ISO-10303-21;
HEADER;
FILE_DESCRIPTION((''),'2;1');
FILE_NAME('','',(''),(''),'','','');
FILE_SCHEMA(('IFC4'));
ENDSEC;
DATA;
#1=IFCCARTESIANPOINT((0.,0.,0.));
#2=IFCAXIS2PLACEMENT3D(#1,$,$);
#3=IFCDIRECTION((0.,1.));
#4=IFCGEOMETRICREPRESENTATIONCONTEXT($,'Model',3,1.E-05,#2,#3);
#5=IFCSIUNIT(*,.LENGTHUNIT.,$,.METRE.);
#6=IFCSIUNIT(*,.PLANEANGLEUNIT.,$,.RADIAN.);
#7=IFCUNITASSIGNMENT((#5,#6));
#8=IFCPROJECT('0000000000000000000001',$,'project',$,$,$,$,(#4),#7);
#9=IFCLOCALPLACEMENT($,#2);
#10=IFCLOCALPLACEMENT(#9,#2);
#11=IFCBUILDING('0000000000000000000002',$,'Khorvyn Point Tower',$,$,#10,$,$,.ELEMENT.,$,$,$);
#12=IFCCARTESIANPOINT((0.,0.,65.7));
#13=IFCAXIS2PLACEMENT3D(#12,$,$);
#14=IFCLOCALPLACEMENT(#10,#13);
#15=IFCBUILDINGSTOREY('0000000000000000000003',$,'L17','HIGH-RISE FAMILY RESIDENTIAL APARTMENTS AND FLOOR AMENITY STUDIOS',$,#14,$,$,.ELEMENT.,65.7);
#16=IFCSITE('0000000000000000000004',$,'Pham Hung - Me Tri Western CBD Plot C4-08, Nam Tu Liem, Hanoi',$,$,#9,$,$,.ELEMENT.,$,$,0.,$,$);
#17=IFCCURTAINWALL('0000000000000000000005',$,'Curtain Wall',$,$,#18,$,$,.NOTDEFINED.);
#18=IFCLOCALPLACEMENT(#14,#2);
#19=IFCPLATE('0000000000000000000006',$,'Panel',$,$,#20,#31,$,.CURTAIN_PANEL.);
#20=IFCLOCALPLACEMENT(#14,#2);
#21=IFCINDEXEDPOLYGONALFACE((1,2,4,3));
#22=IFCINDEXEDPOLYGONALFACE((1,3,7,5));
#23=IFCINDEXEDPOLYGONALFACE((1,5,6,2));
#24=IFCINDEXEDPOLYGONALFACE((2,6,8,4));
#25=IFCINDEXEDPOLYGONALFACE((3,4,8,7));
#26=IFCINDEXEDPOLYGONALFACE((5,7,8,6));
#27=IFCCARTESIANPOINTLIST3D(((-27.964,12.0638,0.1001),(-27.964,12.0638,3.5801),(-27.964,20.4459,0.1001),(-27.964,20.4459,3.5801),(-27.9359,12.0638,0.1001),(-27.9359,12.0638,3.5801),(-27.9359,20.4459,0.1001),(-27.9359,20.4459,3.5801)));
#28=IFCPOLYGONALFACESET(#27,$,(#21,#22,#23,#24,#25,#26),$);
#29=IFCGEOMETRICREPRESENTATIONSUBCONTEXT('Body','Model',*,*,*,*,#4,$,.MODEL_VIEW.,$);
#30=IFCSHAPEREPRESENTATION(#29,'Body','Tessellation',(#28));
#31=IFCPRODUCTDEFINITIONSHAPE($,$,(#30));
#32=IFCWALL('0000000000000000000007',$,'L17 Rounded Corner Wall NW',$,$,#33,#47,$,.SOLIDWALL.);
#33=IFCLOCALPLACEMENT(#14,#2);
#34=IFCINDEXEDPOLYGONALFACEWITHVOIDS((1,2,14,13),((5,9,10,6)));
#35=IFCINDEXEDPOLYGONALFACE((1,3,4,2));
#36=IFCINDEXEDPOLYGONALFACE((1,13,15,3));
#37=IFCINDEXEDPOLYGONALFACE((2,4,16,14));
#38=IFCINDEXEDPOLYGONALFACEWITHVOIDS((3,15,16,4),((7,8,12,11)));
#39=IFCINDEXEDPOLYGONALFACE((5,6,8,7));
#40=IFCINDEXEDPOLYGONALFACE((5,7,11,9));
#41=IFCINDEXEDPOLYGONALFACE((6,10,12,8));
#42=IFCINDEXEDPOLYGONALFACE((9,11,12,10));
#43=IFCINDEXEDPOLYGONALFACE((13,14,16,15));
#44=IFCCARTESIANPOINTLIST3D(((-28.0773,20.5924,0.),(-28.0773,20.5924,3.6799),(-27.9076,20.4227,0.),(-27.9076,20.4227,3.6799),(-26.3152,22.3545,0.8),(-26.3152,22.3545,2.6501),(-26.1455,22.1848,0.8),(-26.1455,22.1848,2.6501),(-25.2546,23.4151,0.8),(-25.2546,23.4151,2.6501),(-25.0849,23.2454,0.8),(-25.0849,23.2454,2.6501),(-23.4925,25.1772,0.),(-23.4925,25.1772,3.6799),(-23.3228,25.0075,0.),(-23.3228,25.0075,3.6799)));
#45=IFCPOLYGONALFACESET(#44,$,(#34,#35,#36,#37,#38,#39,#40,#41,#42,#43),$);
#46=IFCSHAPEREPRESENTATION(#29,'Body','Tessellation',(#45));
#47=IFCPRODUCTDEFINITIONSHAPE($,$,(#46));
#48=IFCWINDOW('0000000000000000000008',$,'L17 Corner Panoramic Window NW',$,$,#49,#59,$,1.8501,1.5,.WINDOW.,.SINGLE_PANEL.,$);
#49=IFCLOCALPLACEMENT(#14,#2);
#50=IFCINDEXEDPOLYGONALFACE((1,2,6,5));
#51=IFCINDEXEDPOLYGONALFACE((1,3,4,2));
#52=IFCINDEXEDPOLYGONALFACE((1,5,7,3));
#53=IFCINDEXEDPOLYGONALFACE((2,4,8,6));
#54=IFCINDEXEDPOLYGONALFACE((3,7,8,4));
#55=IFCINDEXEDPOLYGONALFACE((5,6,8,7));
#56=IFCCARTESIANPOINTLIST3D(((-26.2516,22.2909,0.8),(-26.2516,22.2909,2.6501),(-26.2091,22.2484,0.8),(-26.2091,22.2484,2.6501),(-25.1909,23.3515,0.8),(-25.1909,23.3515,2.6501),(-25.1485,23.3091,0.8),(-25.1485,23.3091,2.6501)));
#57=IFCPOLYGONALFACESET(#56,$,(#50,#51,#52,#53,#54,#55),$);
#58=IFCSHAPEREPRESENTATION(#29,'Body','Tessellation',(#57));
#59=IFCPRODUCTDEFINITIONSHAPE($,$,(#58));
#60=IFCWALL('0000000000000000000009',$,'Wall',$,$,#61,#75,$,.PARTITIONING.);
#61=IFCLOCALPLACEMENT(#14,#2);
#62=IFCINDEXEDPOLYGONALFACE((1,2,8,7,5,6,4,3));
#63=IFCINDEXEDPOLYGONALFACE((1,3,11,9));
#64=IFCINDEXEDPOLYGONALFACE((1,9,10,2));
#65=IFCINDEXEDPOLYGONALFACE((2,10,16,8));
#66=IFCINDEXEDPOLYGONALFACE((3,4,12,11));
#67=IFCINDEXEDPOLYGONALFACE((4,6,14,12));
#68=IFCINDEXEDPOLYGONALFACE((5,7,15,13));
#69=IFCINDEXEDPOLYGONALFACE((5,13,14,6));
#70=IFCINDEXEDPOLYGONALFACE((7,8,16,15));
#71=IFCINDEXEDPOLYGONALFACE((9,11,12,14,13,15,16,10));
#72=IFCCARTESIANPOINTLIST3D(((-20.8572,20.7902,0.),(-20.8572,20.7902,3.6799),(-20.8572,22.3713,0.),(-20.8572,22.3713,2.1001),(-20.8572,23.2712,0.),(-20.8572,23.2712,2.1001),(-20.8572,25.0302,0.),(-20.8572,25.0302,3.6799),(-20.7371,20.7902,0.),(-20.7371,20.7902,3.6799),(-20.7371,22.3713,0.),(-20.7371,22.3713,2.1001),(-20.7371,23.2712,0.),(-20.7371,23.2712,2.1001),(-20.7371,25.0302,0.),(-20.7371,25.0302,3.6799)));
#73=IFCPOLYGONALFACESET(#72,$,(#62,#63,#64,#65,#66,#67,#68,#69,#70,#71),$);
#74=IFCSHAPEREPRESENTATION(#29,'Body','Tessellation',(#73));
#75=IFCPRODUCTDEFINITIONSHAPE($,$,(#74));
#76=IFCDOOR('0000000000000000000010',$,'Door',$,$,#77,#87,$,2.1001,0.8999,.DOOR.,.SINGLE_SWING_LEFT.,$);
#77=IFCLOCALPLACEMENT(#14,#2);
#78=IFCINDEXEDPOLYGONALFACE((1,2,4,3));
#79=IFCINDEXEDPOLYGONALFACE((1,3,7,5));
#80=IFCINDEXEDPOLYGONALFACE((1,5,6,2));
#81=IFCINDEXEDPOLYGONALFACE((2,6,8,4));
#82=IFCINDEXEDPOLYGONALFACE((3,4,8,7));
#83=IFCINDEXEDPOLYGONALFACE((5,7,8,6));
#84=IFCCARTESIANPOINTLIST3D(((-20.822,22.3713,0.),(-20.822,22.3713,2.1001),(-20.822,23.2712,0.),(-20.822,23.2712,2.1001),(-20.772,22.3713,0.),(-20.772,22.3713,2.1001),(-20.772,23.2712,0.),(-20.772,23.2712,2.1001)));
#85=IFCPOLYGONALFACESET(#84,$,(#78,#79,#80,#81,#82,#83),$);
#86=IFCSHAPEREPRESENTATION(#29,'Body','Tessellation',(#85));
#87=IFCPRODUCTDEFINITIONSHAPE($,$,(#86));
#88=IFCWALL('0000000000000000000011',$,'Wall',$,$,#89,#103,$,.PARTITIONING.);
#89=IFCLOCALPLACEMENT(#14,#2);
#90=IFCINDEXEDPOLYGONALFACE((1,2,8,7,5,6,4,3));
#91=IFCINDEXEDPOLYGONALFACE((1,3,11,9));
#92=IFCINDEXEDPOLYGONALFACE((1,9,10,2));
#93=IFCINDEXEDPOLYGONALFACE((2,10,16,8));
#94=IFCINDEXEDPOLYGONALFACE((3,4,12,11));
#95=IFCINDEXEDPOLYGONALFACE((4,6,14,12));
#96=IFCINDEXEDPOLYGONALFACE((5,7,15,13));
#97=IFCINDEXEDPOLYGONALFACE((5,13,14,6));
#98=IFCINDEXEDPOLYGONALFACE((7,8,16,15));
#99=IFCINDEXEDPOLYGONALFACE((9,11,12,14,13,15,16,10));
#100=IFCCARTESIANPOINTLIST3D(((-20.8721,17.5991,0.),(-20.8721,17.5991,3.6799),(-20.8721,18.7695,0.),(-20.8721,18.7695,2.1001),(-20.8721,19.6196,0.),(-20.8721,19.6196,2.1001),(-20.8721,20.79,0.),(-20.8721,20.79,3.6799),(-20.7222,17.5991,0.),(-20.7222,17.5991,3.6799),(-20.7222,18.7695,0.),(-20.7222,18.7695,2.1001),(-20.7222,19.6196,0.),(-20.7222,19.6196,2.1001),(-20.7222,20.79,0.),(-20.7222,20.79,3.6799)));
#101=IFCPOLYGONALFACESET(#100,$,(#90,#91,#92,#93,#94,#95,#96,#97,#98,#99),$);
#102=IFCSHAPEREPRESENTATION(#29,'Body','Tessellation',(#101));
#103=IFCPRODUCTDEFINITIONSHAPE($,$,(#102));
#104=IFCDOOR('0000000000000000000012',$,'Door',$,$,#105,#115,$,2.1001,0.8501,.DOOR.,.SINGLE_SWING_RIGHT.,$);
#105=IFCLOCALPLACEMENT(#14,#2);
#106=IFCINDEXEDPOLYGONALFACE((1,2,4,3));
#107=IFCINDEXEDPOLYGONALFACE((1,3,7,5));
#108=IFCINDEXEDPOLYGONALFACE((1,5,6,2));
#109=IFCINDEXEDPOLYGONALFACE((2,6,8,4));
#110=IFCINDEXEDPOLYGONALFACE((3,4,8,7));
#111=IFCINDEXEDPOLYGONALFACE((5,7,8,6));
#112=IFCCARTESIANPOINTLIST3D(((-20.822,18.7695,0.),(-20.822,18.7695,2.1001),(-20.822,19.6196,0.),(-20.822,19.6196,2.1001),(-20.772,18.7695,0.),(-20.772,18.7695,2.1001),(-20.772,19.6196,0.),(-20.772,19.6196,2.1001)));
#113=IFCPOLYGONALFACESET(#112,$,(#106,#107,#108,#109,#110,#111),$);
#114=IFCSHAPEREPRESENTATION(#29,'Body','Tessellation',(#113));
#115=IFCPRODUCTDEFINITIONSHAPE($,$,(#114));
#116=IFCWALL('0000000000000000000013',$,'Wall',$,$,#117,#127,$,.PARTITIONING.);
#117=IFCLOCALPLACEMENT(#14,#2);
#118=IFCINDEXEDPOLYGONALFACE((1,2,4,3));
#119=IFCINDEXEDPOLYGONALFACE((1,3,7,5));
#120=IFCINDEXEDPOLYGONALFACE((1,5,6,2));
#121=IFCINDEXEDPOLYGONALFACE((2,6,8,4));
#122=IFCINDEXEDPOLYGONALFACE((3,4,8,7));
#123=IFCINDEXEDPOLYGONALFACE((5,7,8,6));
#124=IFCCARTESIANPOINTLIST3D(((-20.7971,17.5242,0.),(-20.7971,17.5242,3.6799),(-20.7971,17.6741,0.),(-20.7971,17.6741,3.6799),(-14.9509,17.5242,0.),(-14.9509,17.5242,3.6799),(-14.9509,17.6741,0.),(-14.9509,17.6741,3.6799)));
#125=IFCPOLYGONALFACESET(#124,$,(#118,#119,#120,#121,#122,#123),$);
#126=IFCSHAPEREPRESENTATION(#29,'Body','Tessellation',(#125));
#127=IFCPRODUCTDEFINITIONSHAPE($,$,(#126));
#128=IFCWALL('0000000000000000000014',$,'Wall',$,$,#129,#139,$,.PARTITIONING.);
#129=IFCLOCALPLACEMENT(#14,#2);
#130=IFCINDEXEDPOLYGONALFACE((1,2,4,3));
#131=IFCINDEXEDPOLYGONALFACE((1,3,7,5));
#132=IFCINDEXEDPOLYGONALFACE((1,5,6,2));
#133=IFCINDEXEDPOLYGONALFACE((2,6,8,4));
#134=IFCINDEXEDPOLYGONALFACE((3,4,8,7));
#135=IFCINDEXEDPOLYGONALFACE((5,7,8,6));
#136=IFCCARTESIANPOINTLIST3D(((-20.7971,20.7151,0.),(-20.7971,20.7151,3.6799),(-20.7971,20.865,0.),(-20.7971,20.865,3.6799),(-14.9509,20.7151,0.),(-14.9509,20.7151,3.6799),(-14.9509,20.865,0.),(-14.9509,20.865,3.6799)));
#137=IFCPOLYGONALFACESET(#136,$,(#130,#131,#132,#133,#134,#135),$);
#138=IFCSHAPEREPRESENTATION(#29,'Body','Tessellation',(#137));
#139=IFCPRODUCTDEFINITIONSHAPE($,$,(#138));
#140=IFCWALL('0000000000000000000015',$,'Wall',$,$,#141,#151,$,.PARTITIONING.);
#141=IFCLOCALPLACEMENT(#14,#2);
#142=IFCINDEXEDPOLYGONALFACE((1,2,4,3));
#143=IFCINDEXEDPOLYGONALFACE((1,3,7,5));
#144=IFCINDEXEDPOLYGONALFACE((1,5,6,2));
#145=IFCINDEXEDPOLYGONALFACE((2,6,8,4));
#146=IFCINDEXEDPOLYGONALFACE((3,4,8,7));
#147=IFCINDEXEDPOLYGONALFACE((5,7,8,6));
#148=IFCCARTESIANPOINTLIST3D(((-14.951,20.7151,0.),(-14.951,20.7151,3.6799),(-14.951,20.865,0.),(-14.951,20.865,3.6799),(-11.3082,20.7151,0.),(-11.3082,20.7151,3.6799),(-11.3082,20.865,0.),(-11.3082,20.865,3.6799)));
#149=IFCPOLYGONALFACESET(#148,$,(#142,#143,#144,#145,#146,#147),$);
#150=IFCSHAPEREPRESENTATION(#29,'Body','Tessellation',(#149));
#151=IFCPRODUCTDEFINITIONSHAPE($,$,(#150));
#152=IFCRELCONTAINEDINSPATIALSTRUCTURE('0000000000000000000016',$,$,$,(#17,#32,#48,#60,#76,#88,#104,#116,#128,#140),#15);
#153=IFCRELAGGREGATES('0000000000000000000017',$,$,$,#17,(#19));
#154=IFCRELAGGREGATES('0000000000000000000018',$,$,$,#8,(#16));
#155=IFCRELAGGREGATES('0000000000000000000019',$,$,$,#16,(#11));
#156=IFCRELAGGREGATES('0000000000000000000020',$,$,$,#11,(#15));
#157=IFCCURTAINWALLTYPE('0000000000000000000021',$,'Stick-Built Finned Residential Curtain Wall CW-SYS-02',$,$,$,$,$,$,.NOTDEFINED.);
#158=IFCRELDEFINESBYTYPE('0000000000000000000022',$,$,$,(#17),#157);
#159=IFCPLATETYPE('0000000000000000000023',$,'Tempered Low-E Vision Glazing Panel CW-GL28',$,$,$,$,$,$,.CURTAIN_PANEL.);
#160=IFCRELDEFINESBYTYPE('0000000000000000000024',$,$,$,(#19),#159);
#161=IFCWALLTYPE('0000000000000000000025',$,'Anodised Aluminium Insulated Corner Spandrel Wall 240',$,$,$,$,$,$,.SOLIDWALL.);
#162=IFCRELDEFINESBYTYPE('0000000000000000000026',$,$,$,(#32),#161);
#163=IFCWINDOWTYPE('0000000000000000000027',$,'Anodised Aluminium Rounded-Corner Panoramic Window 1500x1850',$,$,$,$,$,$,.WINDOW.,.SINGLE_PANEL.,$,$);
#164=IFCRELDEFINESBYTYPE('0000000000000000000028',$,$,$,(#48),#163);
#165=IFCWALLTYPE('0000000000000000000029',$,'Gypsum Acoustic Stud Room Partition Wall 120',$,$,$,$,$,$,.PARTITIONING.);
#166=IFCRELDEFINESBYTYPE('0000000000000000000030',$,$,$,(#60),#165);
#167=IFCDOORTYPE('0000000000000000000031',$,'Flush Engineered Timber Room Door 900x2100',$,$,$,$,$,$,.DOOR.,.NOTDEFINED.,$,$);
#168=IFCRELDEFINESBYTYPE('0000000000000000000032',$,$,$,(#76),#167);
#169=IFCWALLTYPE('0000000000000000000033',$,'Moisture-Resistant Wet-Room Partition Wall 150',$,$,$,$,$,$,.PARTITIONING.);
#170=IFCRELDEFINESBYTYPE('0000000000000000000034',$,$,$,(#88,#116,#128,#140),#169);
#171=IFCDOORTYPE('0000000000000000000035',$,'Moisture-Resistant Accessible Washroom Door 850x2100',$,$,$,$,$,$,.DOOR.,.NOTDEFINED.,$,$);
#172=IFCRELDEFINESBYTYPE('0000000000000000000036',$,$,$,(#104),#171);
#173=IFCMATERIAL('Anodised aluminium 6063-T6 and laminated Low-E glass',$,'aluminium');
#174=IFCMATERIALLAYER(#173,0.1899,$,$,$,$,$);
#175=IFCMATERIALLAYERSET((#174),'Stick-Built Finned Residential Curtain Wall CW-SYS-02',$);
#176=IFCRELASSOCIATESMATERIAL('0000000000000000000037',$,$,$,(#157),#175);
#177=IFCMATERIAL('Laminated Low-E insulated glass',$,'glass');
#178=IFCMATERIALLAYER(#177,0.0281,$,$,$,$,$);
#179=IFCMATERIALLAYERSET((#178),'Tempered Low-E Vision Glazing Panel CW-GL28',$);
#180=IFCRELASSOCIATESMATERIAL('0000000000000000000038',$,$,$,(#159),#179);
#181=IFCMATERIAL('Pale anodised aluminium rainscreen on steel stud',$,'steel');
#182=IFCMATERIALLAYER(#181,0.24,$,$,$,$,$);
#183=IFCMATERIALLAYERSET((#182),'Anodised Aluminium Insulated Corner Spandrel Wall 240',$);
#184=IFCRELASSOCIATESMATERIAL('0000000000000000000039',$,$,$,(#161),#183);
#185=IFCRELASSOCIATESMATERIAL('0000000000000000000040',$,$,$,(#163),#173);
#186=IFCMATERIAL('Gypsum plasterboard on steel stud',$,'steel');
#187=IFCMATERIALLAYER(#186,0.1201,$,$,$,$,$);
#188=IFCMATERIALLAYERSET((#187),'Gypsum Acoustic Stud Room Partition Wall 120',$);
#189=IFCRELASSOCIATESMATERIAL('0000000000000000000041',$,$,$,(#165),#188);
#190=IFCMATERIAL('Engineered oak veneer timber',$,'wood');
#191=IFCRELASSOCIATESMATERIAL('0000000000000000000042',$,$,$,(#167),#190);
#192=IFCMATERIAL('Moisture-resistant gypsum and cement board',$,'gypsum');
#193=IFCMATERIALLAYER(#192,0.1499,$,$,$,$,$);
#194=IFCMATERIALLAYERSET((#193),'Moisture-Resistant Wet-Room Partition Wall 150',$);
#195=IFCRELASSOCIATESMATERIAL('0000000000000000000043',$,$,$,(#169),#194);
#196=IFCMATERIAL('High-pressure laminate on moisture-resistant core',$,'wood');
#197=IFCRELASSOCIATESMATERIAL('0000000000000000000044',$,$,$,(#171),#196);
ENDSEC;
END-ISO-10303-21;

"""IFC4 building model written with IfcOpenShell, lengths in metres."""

from ifc_helpers import new_model, si_unit, direction, frame, frame_2d, origin, origin_2d, place, context, subcontext, project, spatial, rectangle, extrude, material, layer, layer_set, type_object, element, fill, aggregate, save


model = new_model("IFC4")

# Units and contexts
model_context = context("Model", 3, precision=1e-05, world=origin(), true_north=direction((0.0, 1.0)))
body_context = subcontext(model_context, "Body", "Model", "MODEL_VIEW")
ifc_project = project(units=[si_unit("LENGTHUNIT", "METRE"), si_unit("PLANEANGLEUNIT", "RADIAN")], contexts=[model_context])

# Site, building, storey
site_placement = place(None, origin())
site = spatial("IfcSite", under=ifc_project, at=site_placement, Name="Pham Hung - Me Tri Western CBD Plot C4-08, Nam Tu Liem, Hanoi", CompositionType="ELEMENT", RefElevation=0.0)
building_placement = place(site_placement, origin())
building = spatial("IfcBuilding", under=site, at=building_placement, Name="Khorvyn Point Tower", CompositionType="ELEMENT")
storey_placement = place(building_placement, frame((0.0, 0.0, 65.7)))
storey = spatial("IfcBuildingStorey", under=building, at=storey_placement, Name="L17", Description="HIGH-RISE FAMILY RESIDENTIAL APARTMENTS AND FLOOR AMENITY STUDIOS", CompositionType="ELEMENT", Elevation=65.7)

# Curtain wall
ifc_material_1 = material(Name="Anodised aluminium 6063-T6 and laminated Low-E glass", Category="aluminium")
ifc_layer_1 = layer(ifc_material_1, 0.1899)
ifc_layer_set_1 = layer_set([ifc_layer_1], Name="Stick-Built Finned Residential Curtain Wall CW-SYS-02")
curtain_wall_type = type_object("IfcCurtainWallType", Name="Stick-Built Finned Residential Curtain Wall CW-SYS-02", PredefinedType="NOTDEFINED", material=ifc_layer_set_1)
curtain_wall_1_placement = place(storey_placement, origin())
curtain_wall_1 = element("IfcCurtainWall", 1, at=curtain_wall_1_placement, inside=storey, type_object=curtain_wall_type, Name="Curtain Wall", PredefinedType="NOTDEFINED")

# Plate
ifc_material_2 = material(Name="Laminated Low-E insulated glass", Category="glass")
ifc_layer_2 = layer(ifc_material_2, 0.0281)
ifc_layer_set_2 = layer_set([ifc_layer_2], Name="Tempered Low-E Vision Glazing Panel CW-GL28")
plate_type = type_object("IfcPlateType", Name="Tempered Low-E Vision Glazing Panel CW-GL28", PredefinedType="CURTAIN_PANEL", material=ifc_layer_set_2)
plate_1_placement = place(storey_placement, frame((-27.95, 16.2549, 0.1001), z_axis=(0.0, 0.0, 1.0), x_axis=(0.0, 1.0, 0.0)))
plate_1 = element("IfcPlate", 2, at=plate_1_placement, type_object=plate_type, Name="Panel", PredefinedType="CURTAIN_PANEL", context=body_context, shape_type="SweptSolid", body=[
    extrude(rectangle(XDim=8.3821, YDim=0.0281, at=origin_2d()), origin(), (0.0, 0.0, 1.0), 3.48),
])
aggregate(curtain_wall_1, [plate_1])

# Wall, opening, window
ifc_material_3 = material(Name="Pale anodised aluminium rainscreen on steel stud", Category="steel")
ifc_layer_3 = layer(ifc_material_3, 0.24)
ifc_layer_set_3 = layer_set([ifc_layer_3], Name="Anodised Aluminium Insulated Corner Spandrel Wall 240")
wall_type_1 = type_object("IfcWallType", Name="Anodised Aluminium Insulated Corner Spandrel Wall 240", PredefinedType="SOLIDWALL", material=ifc_layer_set_3)
wall_1_placement = place(storey_placement, frame((-27.9924, 20.5076, 0.0), z_axis=(0.0, 0.0, 1.0), x_axis=(0.707107, 0.707107, 0.0)))
wall_1 = element("IfcWall", 3, at=wall_1_placement, inside=storey, type_object=wall_type_1, Name="L17 Rounded Corner Wall NW", PredefinedType="SOLIDWALL", context=body_context, shape_type="SweptSolid", body=[
    extrude(rectangle(XDim=6.4839, YDim=0.24, at=frame_2d((3.2419, 0.0))), origin(), (0.0, 0.0, 1.0), 3.6799),
])
opening_1_placement = place(wall_1_placement, frame((2.4919, 0.0, 0.8)))
opening_1 = element("IfcOpeningElement", 4, at=opening_1_placement, cuts=wall_1, PredefinedType="OPENING", context=body_context, shape_type="SweptSolid", body=[
    extrude(rectangle(XDim=1.5, YDim=1.8501, at=frame_2d((0.75, 0.925))), frame((0.0, 0.1299, 0.0), z_axis=(0.0, -1.0, 0.0), x_axis=(1.0, 0.0, 0.0)), (0.0, 0.0, 1.0), 0.26),
])
window_type = type_object("IfcWindowType", Name="Anodised Aluminium Rounded-Corner Panoramic Window 1500x1850", PartitioningType="SINGLE_PANEL", PredefinedType="WINDOW", material=ifc_material_1)
window_placement = place(opening_1_placement, origin())
window = element("IfcWindow", 5, at=window_placement, inside=storey, type_object=window_type, Name="L17 Corner Panoramic Window NW", OverallHeight=1.8501, OverallWidth=1.5, PartitioningType="SINGLE_PANEL", PredefinedType="WINDOW", context=body_context, shape_type="SweptSolid", body=[
    extrude(rectangle(XDim=1.5, YDim=1.8501, at=frame_2d((0.75, 0.925))), frame((0.0, 0.03, 0.0), z_axis=(0.0, -1.0, 0.0), x_axis=(1.0, 0.0, 0.0)), (0.0, 0.0, 1.0), 0.0601),
])
fill(opening_1, window)

# Walls, openings, doors
ifc_material_4 = material(Name="Gypsum plasterboard on steel stud", Category="steel")
ifc_layer_4 = layer(ifc_material_4, 0.1201)
ifc_layer_set_4 = layer_set([ifc_layer_4], Name="Gypsum Acoustic Stud Room Partition Wall 120")
wall_type_2 = type_object("IfcWallType", Name="Gypsum Acoustic Stud Room Partition Wall 120", PredefinedType="PARTITIONING", material=ifc_layer_set_4)
wall_2_placement = place(storey_placement, frame((-20.7971, 20.79, 0.0), z_axis=(0.0, 0.0, 1.0), x_axis=(0.0, 1.0, 0.0)))
wall_2 = element("IfcWall", 6, at=wall_2_placement, inside=storey, type_object=wall_type_2, Name="Wall", PredefinedType="PARTITIONING", context=body_context, shape_type="SweptSolid", body=[
    extrude(rectangle(XDim=4.24, YDim=0.1201, at=frame_2d((2.1201, 0.0))), origin(), (0.0, 0.0, 1.0), 3.6799),
])
opening_2_placement = place(wall_2_placement, frame((1.5813, 0.0, 0.0)))
opening_2 = element("IfcOpeningElement", 7, at=opening_2_placement, cuts=wall_2, PredefinedType="OPENING", context=body_context, shape_type="SweptSolid", body=[
    extrude(rectangle(XDim=0.8999, YDim=2.1001, at=frame_2d((0.45, 1.05))), frame((0.0, 0.0701, 0.0), z_axis=(0.0, -1.0, 0.0), x_axis=(1.0, 0.0, 0.0)), (0.0, 0.0, 1.0), 0.1401),
])
ifc_material_5 = material(Name="Engineered oak veneer timber", Category="wood")
door_type_1 = type_object("IfcDoorType", Name="Flush Engineered Timber Room Door 900x2100", OperationType="NOTDEFINED", PredefinedType="DOOR", material=ifc_material_5)
door_1_placement = place(opening_2_placement, origin())
door_1 = element("IfcDoor", 8, at=door_1_placement, inside=storey, type_object=door_type_1, Name="Door", OperationType="SINGLE_SWING_LEFT", OverallHeight=2.1001, OverallWidth=0.8999, PredefinedType="DOOR", context=body_context, shape_type="SweptSolid", body=[
    extrude(rectangle(XDim=0.8999, YDim=2.1001, at=frame_2d((0.45, 1.05))), frame((0.0, 0.0249, 0.0), z_axis=(0.0, -1.0, 0.0), x_axis=(1.0, 0.0, 0.0)), (0.0, 0.0, 1.0), 0.05),
])
fill(opening_2, door_1)
ifc_material_6 = material(Name="Moisture-resistant gypsum and cement board", Category="gypsum")
ifc_layer_5 = layer(ifc_material_6, 0.1499)
ifc_layer_set_5 = layer_set([ifc_layer_5], Name="Moisture-Resistant Wet-Room Partition Wall 150")
wall_type_3 = type_object("IfcWallType", Name="Moisture-Resistant Wet-Room Partition Wall 150", PredefinedType="PARTITIONING", material=ifc_layer_set_5)
wall_3_placement = place(storey_placement, frame((-20.7971, 17.5991, 0.0), z_axis=(0.0, 0.0, 1.0), x_axis=(0.0, 1.0, 0.0)))
wall_3 = element("IfcWall", 9, at=wall_3_placement, inside=storey, type_object=wall_type_3, Name="Wall", PredefinedType="PARTITIONING", context=body_context, shape_type="SweptSolid", body=[
    extrude(rectangle(XDim=3.1909, YDim=0.1499, at=frame_2d((1.5955, 0.0))), origin(), (0.0, 0.0, 1.0), 3.6799),
])
opening_3_placement = place(wall_3_placement, frame((1.1704, 0.0, 0.0)))
opening_3 = element("IfcOpeningElement", 10, at=opening_3_placement, cuts=wall_3, PredefinedType="OPENING", context=body_context, shape_type="SweptSolid", body=[
    extrude(rectangle(XDim=0.8501, YDim=2.1001, at=frame_2d((0.425, 1.05))), frame((0.0, 0.085, 0.0), z_axis=(0.0, -1.0, 0.0), x_axis=(1.0, 0.0, 0.0)), (0.0, 0.0, 1.0), 0.1699),
])
ifc_material_7 = material(Name="High-pressure laminate on moisture-resistant core", Category="wood")
door_type_2 = type_object("IfcDoorType", Name="Moisture-Resistant Accessible Washroom Door 850x2100", OperationType="NOTDEFINED", PredefinedType="DOOR", material=ifc_material_7)
door_2_placement = place(opening_3_placement, origin())
door_2 = element("IfcDoor", 11, at=door_2_placement, inside=storey, type_object=door_type_2, Name="Door", OperationType="SINGLE_SWING_RIGHT", OverallHeight=2.1001, OverallWidth=0.8501, PredefinedType="DOOR", context=body_context, shape_type="SweptSolid", body=[
    extrude(rectangle(XDim=0.8501, YDim=2.1001, at=frame_2d((0.425, 1.05))), frame((0.0, 0.0249, 0.0), z_axis=(0.0, -1.0, 0.0), x_axis=(1.0, 0.0, 0.0)), (0.0, 0.0, 1.0), 0.05),
])
fill(opening_3, door_2)

# Walls
for number, where, z_axis, x_axis, name in (
    (12, (-20.7971, 17.5991, 0.0), (0.0, 0.0, 1.0), (1.0, 0.0, 0.0), "Wall"),
    (13, (-20.7971, 20.79, 0.0), (0.0, 0.0, 1.0), (1.0, 0.0, 0.0), "Wall"),
):
    element("IfcWall", number, at=place(storey_placement, frame(where, z_axis=z_axis, x_axis=x_axis)), inside=storey, type_object=wall_type_3, Name=name, PredefinedType="PARTITIONING", context=body_context, shape_type="SweptSolid", body=[
        extrude(rectangle(XDim=5.8462, YDim=0.1499, at=frame_2d((2.9231, 0.0))), origin(), (0.0, 0.0, 1.0), 3.6799),
    ])
wall_4_placement = place(storey_placement, frame((-14.9509, 20.79, 0.0), z_axis=(0.0, 0.0, 1.0), x_axis=(1.0, 0.0, 0.0)))
element("IfcWall", 14, at=wall_4_placement, inside=storey, type_object=wall_type_3, Name="Wall", PredefinedType="PARTITIONING", context=body_context, shape_type="SweptSolid", body=[
    extrude(rectangle(XDim=3.6428, YDim=0.1499, at=frame_2d((1.8213, 0.0))), origin(), (0.0, 0.0, 1.0), 3.6799),
])

save(model, "model.ifc")
